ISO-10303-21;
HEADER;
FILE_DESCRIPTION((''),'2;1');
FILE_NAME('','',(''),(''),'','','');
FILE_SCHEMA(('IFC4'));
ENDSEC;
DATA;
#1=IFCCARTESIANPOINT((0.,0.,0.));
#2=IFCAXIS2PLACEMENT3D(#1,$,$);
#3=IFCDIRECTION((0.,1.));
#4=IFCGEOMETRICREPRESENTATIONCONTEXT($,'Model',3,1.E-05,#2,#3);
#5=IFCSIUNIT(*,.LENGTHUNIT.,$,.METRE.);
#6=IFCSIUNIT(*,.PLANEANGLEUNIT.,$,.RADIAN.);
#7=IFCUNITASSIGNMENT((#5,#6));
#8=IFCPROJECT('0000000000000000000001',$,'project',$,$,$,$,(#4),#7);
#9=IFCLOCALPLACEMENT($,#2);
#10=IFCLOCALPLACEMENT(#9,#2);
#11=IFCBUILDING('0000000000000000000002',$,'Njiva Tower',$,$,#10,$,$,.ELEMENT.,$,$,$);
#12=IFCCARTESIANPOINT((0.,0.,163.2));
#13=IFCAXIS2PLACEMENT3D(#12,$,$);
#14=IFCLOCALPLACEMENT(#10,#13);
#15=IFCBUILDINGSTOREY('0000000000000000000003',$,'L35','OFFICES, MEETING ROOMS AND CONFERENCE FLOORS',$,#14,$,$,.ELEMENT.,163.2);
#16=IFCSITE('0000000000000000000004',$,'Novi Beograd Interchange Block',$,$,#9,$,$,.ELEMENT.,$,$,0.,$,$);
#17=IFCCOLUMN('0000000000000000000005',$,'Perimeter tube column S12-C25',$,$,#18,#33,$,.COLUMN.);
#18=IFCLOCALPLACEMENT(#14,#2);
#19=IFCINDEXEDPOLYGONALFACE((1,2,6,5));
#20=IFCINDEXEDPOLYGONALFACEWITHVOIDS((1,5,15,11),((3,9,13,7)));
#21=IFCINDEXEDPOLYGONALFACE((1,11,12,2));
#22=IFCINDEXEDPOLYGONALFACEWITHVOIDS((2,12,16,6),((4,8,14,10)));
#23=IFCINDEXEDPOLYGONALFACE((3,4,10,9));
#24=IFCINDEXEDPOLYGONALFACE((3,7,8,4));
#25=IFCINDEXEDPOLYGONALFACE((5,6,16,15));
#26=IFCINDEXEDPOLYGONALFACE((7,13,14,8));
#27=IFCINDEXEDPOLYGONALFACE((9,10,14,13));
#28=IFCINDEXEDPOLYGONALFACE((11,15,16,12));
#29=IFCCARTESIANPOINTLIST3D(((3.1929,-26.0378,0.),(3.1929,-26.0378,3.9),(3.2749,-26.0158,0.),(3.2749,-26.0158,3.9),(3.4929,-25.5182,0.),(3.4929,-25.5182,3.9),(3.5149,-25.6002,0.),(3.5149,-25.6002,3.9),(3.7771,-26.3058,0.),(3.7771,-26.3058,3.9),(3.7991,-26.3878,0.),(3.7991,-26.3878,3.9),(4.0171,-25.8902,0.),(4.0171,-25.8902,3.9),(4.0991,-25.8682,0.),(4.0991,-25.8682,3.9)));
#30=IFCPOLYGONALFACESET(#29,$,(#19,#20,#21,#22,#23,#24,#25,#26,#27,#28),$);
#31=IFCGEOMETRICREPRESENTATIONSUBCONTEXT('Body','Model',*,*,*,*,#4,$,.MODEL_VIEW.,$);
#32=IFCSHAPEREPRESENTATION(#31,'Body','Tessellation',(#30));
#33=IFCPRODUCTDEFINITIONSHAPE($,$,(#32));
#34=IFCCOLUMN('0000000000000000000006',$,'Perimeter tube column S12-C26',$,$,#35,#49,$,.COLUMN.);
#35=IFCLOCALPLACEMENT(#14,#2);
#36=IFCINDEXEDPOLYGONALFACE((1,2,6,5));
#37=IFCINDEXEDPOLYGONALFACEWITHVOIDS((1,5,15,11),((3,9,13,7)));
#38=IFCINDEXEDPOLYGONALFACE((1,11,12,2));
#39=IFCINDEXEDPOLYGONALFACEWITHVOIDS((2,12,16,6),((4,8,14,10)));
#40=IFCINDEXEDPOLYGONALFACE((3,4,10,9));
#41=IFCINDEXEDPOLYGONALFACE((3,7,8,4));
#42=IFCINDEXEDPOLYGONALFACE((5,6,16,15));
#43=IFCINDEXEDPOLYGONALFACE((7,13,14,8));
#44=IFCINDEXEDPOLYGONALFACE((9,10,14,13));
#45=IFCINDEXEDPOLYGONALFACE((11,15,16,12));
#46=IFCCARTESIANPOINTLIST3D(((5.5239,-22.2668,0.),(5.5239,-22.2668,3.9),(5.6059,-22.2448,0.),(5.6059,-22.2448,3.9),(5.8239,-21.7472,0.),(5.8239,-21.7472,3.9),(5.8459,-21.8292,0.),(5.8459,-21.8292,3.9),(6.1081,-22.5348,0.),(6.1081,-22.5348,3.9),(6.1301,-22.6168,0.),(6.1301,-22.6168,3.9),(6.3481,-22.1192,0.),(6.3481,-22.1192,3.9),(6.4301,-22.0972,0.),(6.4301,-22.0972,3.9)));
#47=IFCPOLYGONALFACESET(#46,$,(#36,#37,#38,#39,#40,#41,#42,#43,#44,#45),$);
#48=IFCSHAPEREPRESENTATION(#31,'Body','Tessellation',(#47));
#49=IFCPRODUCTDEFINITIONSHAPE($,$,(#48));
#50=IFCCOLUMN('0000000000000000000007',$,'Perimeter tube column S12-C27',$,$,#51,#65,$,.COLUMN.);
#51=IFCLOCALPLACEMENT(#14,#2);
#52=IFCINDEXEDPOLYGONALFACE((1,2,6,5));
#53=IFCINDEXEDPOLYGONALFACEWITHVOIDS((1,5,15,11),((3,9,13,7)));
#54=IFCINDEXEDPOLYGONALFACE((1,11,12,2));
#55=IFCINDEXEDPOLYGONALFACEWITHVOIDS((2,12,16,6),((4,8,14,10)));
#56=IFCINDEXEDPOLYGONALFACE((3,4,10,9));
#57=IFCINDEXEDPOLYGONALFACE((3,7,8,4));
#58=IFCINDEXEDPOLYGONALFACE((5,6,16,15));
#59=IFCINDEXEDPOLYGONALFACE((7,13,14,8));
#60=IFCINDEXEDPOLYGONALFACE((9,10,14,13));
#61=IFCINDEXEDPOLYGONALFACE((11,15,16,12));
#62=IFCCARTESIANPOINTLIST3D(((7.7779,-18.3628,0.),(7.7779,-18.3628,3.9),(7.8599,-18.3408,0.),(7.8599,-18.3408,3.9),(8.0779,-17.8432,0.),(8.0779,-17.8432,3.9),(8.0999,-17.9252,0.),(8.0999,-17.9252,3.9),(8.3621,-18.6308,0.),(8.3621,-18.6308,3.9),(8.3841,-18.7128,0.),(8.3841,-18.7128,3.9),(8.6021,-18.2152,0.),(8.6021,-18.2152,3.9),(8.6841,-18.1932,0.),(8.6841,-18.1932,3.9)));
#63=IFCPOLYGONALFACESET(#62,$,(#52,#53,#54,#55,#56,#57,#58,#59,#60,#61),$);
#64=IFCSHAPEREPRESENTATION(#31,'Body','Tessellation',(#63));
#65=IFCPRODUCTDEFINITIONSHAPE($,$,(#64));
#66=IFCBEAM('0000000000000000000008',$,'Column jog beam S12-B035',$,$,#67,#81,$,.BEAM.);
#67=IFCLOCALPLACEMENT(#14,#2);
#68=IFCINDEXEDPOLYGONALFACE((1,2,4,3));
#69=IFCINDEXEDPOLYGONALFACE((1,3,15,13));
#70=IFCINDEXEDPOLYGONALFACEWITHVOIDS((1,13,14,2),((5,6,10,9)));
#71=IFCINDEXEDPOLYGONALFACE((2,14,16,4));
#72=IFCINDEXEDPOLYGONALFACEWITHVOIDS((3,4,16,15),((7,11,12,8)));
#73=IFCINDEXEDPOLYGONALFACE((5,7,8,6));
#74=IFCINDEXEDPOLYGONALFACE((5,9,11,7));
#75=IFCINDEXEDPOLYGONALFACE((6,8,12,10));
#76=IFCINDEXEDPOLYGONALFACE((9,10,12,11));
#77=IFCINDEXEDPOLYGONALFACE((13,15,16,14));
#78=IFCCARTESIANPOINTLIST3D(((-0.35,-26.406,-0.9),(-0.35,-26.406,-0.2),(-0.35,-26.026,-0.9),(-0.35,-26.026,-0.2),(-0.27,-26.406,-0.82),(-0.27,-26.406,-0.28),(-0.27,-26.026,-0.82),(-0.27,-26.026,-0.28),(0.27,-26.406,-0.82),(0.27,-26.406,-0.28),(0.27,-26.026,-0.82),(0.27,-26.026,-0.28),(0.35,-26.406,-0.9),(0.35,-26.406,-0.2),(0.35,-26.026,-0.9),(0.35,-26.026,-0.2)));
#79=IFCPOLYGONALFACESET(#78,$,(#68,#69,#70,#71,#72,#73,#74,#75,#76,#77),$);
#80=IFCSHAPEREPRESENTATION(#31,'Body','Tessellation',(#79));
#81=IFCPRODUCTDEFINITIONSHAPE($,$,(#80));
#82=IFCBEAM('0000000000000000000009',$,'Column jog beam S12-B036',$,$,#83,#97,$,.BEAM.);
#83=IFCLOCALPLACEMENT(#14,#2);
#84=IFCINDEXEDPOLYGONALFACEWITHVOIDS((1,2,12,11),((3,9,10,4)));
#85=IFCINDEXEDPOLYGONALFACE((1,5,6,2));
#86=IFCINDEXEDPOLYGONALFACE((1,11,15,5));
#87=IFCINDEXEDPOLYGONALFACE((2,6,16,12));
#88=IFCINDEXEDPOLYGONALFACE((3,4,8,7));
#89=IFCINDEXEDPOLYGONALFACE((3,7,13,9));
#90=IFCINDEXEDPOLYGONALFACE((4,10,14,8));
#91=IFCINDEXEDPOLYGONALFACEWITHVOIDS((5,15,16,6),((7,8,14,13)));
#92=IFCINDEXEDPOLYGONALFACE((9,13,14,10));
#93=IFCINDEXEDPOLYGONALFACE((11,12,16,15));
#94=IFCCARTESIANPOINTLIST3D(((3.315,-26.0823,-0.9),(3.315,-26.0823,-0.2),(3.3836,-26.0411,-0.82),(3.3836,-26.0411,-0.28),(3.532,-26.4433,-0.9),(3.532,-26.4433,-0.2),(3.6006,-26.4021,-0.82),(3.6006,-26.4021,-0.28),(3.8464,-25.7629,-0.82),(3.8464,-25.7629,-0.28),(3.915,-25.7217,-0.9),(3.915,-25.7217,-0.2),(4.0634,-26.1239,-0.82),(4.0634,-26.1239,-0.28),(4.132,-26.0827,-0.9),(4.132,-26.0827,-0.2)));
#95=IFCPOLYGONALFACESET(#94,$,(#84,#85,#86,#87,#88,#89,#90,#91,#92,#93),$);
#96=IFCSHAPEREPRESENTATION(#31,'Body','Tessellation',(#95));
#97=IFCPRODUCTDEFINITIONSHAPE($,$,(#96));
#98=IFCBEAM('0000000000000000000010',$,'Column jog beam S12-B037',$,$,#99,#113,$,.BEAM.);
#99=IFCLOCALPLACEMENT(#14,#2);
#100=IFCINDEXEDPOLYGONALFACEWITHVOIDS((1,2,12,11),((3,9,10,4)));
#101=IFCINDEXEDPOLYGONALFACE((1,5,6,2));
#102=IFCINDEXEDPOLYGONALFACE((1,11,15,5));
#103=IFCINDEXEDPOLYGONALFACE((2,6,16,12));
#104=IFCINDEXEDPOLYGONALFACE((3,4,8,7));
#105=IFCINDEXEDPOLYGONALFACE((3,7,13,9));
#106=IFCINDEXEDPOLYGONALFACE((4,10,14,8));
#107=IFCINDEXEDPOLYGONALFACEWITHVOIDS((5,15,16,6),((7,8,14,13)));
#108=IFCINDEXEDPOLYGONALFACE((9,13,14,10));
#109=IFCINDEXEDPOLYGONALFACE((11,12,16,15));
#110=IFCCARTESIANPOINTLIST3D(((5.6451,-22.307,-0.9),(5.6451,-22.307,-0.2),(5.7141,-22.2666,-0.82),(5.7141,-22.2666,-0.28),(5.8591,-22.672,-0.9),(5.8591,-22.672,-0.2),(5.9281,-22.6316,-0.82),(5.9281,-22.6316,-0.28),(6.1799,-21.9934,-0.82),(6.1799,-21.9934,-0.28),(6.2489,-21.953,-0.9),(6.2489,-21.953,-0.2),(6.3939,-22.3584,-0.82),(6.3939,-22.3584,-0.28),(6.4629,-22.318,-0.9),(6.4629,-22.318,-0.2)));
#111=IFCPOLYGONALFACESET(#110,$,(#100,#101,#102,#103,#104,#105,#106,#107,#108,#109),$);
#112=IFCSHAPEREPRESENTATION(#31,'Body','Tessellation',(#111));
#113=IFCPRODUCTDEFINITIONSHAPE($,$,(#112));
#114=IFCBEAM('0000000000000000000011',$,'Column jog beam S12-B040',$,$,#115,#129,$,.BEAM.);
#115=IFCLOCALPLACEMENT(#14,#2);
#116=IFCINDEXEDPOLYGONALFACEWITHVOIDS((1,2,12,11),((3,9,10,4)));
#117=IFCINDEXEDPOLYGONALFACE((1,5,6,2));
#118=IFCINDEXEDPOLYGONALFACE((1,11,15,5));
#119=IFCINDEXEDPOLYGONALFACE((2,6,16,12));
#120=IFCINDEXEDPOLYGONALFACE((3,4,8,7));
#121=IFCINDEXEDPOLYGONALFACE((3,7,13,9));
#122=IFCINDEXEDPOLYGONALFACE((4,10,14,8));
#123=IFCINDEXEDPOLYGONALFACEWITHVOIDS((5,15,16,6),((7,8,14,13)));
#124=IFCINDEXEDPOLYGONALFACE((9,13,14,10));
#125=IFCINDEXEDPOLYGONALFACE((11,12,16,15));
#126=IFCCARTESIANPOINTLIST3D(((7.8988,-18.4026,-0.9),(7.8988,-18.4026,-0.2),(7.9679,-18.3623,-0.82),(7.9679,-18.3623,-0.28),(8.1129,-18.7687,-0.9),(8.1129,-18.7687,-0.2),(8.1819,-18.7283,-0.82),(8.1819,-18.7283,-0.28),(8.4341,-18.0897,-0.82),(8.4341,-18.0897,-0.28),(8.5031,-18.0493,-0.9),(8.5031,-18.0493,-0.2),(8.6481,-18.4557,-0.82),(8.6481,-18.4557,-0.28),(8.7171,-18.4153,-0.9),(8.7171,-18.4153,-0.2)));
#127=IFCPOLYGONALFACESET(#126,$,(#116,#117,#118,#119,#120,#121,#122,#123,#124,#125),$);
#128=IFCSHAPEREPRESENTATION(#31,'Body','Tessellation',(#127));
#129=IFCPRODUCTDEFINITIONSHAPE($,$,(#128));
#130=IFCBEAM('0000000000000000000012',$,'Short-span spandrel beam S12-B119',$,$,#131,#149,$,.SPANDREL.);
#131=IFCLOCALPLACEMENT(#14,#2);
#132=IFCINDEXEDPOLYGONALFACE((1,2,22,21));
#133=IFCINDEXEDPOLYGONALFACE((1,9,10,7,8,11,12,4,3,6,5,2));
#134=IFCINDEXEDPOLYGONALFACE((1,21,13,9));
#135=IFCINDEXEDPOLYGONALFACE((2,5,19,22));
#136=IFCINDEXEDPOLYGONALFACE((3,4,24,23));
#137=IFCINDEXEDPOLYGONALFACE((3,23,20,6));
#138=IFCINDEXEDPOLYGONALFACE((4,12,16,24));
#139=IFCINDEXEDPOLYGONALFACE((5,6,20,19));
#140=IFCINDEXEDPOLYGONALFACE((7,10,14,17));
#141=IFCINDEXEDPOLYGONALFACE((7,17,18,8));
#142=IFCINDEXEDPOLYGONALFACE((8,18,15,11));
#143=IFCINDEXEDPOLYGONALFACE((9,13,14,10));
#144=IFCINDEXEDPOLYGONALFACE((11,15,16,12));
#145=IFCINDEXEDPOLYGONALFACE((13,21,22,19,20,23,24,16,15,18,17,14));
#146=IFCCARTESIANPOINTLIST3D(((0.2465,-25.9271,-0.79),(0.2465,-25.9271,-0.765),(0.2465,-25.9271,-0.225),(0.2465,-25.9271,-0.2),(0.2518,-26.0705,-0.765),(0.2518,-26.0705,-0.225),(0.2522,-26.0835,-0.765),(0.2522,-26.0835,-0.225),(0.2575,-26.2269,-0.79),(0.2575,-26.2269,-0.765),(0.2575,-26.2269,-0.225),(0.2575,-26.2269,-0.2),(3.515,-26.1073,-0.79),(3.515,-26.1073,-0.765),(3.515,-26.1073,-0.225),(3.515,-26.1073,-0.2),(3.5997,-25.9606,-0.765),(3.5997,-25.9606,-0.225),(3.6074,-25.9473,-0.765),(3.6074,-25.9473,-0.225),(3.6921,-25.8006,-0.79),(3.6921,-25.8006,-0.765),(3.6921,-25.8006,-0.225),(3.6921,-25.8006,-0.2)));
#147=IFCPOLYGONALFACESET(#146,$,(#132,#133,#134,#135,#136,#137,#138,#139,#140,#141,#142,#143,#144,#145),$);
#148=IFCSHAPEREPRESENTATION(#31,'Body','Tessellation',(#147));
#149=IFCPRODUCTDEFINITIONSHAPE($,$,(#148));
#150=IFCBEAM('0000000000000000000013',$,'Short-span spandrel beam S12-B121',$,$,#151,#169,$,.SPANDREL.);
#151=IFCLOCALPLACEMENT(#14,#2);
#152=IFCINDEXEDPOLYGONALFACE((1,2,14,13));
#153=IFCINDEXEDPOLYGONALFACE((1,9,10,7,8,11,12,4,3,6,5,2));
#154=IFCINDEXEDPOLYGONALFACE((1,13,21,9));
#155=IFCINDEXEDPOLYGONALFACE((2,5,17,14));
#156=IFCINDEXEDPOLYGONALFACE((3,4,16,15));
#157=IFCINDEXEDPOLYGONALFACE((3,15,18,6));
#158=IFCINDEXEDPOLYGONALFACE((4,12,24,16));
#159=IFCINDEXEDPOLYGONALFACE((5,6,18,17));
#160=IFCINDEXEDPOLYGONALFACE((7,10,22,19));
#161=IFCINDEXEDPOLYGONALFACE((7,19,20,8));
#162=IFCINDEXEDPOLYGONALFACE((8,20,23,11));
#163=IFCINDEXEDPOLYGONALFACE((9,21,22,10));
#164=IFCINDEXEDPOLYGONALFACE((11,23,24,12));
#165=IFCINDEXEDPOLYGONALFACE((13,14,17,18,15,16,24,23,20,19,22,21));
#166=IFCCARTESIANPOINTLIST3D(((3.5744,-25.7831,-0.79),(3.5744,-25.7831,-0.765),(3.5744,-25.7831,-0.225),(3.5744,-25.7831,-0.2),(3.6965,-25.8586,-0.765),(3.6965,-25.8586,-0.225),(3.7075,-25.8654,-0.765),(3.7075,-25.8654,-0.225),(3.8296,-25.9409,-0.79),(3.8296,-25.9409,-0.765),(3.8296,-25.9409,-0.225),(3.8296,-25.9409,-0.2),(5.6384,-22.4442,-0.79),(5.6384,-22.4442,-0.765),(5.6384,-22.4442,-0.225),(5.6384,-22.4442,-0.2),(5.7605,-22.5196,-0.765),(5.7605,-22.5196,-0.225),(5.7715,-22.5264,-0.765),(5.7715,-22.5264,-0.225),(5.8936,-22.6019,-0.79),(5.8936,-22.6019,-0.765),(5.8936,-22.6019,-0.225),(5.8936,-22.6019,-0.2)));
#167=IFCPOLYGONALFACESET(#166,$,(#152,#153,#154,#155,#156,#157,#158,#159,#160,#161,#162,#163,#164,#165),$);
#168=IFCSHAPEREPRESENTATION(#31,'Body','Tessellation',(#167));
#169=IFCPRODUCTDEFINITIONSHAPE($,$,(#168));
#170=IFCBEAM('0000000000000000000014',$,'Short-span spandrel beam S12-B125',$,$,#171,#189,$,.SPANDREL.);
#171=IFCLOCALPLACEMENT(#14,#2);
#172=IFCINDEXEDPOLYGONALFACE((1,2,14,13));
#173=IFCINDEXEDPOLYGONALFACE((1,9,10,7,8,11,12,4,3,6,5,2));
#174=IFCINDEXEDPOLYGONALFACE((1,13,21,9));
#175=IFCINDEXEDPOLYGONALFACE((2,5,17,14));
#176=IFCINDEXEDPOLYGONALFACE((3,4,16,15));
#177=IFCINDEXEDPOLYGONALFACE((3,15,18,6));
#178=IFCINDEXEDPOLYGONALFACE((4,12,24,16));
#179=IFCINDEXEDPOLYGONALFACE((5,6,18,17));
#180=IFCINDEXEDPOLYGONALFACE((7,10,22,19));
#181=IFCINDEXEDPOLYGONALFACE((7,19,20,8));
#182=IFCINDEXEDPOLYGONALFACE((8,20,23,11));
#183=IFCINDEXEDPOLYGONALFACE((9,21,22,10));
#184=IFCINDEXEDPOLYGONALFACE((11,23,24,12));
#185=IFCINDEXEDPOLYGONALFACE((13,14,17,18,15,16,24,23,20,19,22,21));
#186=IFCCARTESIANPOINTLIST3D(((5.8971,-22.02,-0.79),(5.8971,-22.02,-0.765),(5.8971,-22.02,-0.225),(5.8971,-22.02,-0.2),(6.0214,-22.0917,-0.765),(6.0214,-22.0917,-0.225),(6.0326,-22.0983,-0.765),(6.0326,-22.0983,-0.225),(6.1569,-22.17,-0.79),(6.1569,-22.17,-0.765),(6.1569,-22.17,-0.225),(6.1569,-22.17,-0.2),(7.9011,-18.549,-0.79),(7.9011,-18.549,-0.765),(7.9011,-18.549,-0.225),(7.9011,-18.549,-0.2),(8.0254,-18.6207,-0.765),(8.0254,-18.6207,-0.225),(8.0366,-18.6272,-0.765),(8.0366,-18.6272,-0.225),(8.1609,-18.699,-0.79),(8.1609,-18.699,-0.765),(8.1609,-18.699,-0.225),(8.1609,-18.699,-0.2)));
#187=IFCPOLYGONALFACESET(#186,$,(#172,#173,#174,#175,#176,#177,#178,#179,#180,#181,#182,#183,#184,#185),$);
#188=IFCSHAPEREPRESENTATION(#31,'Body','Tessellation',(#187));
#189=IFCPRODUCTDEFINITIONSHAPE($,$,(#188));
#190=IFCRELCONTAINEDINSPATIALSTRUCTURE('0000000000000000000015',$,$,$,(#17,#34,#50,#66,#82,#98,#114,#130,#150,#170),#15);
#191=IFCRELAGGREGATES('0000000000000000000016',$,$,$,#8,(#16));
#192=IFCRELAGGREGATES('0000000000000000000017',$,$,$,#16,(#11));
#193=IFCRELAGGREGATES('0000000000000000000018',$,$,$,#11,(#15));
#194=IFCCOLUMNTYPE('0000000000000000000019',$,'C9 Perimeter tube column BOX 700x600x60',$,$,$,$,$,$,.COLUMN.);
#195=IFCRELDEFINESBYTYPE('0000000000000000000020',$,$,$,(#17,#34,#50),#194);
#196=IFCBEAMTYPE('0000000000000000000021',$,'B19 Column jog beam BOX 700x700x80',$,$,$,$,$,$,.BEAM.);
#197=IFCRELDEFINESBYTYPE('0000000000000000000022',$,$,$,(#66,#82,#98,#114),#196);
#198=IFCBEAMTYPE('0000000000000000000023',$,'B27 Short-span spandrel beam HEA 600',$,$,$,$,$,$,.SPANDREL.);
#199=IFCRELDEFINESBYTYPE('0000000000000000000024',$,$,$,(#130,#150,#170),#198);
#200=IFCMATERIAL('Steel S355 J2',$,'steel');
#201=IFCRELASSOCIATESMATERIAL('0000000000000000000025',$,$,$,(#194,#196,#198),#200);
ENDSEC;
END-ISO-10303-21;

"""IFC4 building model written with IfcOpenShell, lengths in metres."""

from ifc_helpers import new_model, si_unit, direction, frame, origin, origin_2d, place, context, subcontext, project, spatial, hollow_rectangle, i_section, extrude, clip, halfspace, material, material_profile, profile_set, type_object, element, save


model = new_model("IFC4")

# Units and contexts
model_context = context("Model", 3, precision=1e-05, world=origin(), true_north=direction((0.0, 1.0)))
body_context = subcontext(model_context, "Body", "Model", "MODEL_VIEW")
ifc_project = project(units=[si_unit("LENGTHUNIT", "METRE"), si_unit("PLANEANGLEUNIT", "RADIAN")], contexts=[model_context])

# Site, building, storey
site_placement = place(None, origin())
site = spatial("IfcSite", under=ifc_project, at=site_placement, Name="Novi Beograd Interchange Block", CompositionType="ELEMENT", RefElevation=0.0)
building_placement = place(site_placement, origin())
building = spatial("IfcBuilding", under=site, at=building_placement, Name="Njiva Tower", CompositionType="ELEMENT")
storey_placement = place(building_placement, frame((0.0, 0.0, 163.2)))
storey = spatial("IfcBuildingStorey", under=building, at=storey_placement, Name="L35", Description="OFFICES, MEETING ROOMS AND CONFERENCE FLOORS", CompositionType="ELEMENT", Elevation=163.2)

# Columns
ifc_material_1 = material(Name="Steel S355 J2", Category="steel")
ifc_material_profile_1 = material_profile(ifc_material_1, hollow_rectangle(XDim=0.6, YDim=0.7, WallThickness=0.06, at=origin_2d()), Name="BOX 700x600x60")
ifc_profile_set_1 = profile_set([ifc_material_profile_1], Name="Steel S355 J2")
column_type = type_object("IfcColumnType", Name="C9 Perimeter tube column BOX 700x600x60", PredefinedType="COLUMN", material=ifc_profile_set_1)
for number, where, z_axis, x_axis, name in (
    (1, (3.646, -25.953, 0.0), (0.0, 0.0, 1.0), (0.5, 0.866025, 0.0), "Perimeter tube column S12-C25"),
    (2, (5.977, -22.182, 0.0), (0.0, 0.0, 1.0), (0.5, 0.866025, 0.0), "Perimeter tube column S12-C26"),
    (3, (8.231, -18.278, 0.0), (0.0, 0.0, 1.0), (0.5, 0.866025, 0.0), "Perimeter tube column S12-C27"),
):
    element("IfcColumn", number, at=place(storey_placement, frame(where, z_axis=z_axis, x_axis=x_axis)), inside=storey, type_object=column_type, Name=name, PredefinedType="COLUMN", context=body_context, shape_type="SweptSolid", body=[
        extrude(hollow_rectangle(XDim=0.6, YDim=0.7, WallThickness=0.06, at=origin_2d()), origin(), (0.0, 0.0, 1.0), 3.9),
    ])

# Beams
ifc_material_profile_2 = material_profile(ifc_material_1, hollow_rectangle(XDim=0.7, YDim=0.7, WallThickness=0.08, at=origin_2d()), Name="BOX 700x700x80")
ifc_profile_set_2 = profile_set([ifc_material_profile_2], Name="Steel S355 J2")
beam_type_1 = type_object("IfcBeamType", Name="B19 Column jog beam BOX 700x700x80", PredefinedType="BEAM", material=ifc_profile_set_2)
beam_1_placement = place(storey_placement, frame((0.0, -26.406, -0.55), z_axis=(0.0, 1.0, 0.0), x_axis=(-1.0, 0.0, 0.0)))
element("IfcBeam", 4, at=beam_1_placement, inside=storey, type_object=beam_type_1, Name="Column jog beam S12-B035", PredefinedType="BEAM", context=body_context, shape_type="SweptSolid", body=[
    extrude(hollow_rectangle(XDim=0.7, YDim=0.7, WallThickness=0.08, at=origin_2d()), origin(), (0.0, 0.0, 1.0), 0.38),
])
beam_2_placement = place(storey_placement, frame((3.832, -26.263, -0.55), z_axis=(-0.515194, 0.857074, 0.0), x_axis=(-0.857074, -0.515194, 0.0)))
element("IfcBeam", 5, at=beam_2_placement, inside=storey, type_object=beam_type_1, Name="Column jog beam S12-B036", PredefinedType="BEAM", context=body_context, shape_type="SweptSolid", body=[
    extrude(hollow_rectangle(XDim=0.7, YDim=0.7, WallThickness=0.08, at=origin_2d()), origin(), (0.0, 0.0, 1.0), 0.4212),
])
beam_3_placement = place(storey_placement, frame((6.161, -22.495, -0.55), z_axis=(-0.50578, 0.862662, 0.0), x_axis=(-0.862662, -0.50578, 0.0)))
element("IfcBeam", 6, at=beam_3_placement, inside=storey, type_object=beam_type_1, Name="Column jog beam S12-B037", PredefinedType="BEAM", context=body_context, shape_type="SweptSolid", body=[
    extrude(hollow_rectangle(XDim=0.7, YDim=0.7, WallThickness=0.08, at=origin_2d()), origin(), (0.0, 0.0, 1.0), 0.4231),
])
beam_4_placement = place(storey_placement, frame((8.415, -18.592, -0.55), z_axis=(-0.504751, 0.863265, 0.0), x_axis=(-0.863265, -0.504751, 0.0)))
element("IfcBeam", 7, at=beam_4_placement, inside=storey, type_object=beam_type_1, Name="Column jog beam S12-B040", PredefinedType="BEAM", context=body_context, shape_type="SweptSolid", body=[
    extrude(hollow_rectangle(XDim=0.7, YDim=0.7, WallThickness=0.08, at=origin_2d()), origin(), (0.0, 0.0, 1.0), 0.424),
])
ifc_material_profile_3 = material_profile(ifc_material_1, i_section(OverallWidth=0.3, OverallDepth=0.59, WebThickness=0.013, FlangeThickness=0.025, at=origin_2d()), Name="HEA 600")
ifc_profile_set_3 = profile_set([ifc_material_profile_3], Name="Steel S355 J2")
beam_type_2 = type_object("IfcBeamType", Name="B27 Short-span spandrel beam HEA 600", PredefinedType="SPANDREL", material=ifc_profile_set_3)
beam_5_placement = place(storey_placement, frame((0.252, -26.077, -0.495), z_axis=(0.999327, 0.036681, 0.0), x_axis=(-0.036681, 0.999327, 0.0)))
element("IfcBeam", 8, at=beam_5_placement, inside=storey, type_object=beam_type_2, Name="Short-span spandrel beam S12-B119", PredefinedType="SPANDREL", context=body_context, shape_type="Clipping", body=[
    clip(extrude(i_section(OverallWidth=0.3, OverallDepth=0.59, WebThickness=0.013, FlangeThickness=0.025, at=origin_2d()), origin(), (0.0, 0.0, 1.0), 3.4673), halfspace(frame((-0.0268, 0.0, 3.337), z_axis=(-0.531428, 0.0, 0.847103), x_axis=(0.0, 1.0, 0.0)), False)),
])
beam_6_placement = place(storey_placement, frame((3.702, -25.862, -0.495), z_axis=(0.525802, 0.850607, 0.0), x_axis=(-0.850607, 0.525802, 0.0)))
element("IfcBeam", 9, at=beam_6_placement, inside=storey, type_object=beam_type_2, Name="Short-span spandrel beam S12-B121", PredefinedType="SPANDREL", context=body_context, shape_type="SweptSolid", body=[
    extrude(i_section(OverallWidth=0.3, OverallDepth=0.59, WebThickness=0.013, FlangeThickness=0.025, at=origin_2d()), origin(), (0.0, 0.0, 1.0), 3.9254),
])
beam_7_placement = place(storey_placement, frame((6.027, -22.095, -0.495), z_axis=(0.500003, 0.866024, 0.0), x_axis=(-0.866024, 0.500003, 0.0)))
element("IfcBeam", 10, at=beam_7_placement, inside=storey, type_object=beam_type_2, Name="Short-span spandrel beam S12-B125", PredefinedType="SPANDREL", context=body_context, shape_type="SweptSolid", body=[
    extrude(i_section(OverallWidth=0.3, OverallDepth=0.59, WebThickness=0.013, FlangeThickness=0.025, at=origin_2d()), origin(), (0.0, 0.0, 1.0), 4.008),
])

save(model, "model.ifc")
